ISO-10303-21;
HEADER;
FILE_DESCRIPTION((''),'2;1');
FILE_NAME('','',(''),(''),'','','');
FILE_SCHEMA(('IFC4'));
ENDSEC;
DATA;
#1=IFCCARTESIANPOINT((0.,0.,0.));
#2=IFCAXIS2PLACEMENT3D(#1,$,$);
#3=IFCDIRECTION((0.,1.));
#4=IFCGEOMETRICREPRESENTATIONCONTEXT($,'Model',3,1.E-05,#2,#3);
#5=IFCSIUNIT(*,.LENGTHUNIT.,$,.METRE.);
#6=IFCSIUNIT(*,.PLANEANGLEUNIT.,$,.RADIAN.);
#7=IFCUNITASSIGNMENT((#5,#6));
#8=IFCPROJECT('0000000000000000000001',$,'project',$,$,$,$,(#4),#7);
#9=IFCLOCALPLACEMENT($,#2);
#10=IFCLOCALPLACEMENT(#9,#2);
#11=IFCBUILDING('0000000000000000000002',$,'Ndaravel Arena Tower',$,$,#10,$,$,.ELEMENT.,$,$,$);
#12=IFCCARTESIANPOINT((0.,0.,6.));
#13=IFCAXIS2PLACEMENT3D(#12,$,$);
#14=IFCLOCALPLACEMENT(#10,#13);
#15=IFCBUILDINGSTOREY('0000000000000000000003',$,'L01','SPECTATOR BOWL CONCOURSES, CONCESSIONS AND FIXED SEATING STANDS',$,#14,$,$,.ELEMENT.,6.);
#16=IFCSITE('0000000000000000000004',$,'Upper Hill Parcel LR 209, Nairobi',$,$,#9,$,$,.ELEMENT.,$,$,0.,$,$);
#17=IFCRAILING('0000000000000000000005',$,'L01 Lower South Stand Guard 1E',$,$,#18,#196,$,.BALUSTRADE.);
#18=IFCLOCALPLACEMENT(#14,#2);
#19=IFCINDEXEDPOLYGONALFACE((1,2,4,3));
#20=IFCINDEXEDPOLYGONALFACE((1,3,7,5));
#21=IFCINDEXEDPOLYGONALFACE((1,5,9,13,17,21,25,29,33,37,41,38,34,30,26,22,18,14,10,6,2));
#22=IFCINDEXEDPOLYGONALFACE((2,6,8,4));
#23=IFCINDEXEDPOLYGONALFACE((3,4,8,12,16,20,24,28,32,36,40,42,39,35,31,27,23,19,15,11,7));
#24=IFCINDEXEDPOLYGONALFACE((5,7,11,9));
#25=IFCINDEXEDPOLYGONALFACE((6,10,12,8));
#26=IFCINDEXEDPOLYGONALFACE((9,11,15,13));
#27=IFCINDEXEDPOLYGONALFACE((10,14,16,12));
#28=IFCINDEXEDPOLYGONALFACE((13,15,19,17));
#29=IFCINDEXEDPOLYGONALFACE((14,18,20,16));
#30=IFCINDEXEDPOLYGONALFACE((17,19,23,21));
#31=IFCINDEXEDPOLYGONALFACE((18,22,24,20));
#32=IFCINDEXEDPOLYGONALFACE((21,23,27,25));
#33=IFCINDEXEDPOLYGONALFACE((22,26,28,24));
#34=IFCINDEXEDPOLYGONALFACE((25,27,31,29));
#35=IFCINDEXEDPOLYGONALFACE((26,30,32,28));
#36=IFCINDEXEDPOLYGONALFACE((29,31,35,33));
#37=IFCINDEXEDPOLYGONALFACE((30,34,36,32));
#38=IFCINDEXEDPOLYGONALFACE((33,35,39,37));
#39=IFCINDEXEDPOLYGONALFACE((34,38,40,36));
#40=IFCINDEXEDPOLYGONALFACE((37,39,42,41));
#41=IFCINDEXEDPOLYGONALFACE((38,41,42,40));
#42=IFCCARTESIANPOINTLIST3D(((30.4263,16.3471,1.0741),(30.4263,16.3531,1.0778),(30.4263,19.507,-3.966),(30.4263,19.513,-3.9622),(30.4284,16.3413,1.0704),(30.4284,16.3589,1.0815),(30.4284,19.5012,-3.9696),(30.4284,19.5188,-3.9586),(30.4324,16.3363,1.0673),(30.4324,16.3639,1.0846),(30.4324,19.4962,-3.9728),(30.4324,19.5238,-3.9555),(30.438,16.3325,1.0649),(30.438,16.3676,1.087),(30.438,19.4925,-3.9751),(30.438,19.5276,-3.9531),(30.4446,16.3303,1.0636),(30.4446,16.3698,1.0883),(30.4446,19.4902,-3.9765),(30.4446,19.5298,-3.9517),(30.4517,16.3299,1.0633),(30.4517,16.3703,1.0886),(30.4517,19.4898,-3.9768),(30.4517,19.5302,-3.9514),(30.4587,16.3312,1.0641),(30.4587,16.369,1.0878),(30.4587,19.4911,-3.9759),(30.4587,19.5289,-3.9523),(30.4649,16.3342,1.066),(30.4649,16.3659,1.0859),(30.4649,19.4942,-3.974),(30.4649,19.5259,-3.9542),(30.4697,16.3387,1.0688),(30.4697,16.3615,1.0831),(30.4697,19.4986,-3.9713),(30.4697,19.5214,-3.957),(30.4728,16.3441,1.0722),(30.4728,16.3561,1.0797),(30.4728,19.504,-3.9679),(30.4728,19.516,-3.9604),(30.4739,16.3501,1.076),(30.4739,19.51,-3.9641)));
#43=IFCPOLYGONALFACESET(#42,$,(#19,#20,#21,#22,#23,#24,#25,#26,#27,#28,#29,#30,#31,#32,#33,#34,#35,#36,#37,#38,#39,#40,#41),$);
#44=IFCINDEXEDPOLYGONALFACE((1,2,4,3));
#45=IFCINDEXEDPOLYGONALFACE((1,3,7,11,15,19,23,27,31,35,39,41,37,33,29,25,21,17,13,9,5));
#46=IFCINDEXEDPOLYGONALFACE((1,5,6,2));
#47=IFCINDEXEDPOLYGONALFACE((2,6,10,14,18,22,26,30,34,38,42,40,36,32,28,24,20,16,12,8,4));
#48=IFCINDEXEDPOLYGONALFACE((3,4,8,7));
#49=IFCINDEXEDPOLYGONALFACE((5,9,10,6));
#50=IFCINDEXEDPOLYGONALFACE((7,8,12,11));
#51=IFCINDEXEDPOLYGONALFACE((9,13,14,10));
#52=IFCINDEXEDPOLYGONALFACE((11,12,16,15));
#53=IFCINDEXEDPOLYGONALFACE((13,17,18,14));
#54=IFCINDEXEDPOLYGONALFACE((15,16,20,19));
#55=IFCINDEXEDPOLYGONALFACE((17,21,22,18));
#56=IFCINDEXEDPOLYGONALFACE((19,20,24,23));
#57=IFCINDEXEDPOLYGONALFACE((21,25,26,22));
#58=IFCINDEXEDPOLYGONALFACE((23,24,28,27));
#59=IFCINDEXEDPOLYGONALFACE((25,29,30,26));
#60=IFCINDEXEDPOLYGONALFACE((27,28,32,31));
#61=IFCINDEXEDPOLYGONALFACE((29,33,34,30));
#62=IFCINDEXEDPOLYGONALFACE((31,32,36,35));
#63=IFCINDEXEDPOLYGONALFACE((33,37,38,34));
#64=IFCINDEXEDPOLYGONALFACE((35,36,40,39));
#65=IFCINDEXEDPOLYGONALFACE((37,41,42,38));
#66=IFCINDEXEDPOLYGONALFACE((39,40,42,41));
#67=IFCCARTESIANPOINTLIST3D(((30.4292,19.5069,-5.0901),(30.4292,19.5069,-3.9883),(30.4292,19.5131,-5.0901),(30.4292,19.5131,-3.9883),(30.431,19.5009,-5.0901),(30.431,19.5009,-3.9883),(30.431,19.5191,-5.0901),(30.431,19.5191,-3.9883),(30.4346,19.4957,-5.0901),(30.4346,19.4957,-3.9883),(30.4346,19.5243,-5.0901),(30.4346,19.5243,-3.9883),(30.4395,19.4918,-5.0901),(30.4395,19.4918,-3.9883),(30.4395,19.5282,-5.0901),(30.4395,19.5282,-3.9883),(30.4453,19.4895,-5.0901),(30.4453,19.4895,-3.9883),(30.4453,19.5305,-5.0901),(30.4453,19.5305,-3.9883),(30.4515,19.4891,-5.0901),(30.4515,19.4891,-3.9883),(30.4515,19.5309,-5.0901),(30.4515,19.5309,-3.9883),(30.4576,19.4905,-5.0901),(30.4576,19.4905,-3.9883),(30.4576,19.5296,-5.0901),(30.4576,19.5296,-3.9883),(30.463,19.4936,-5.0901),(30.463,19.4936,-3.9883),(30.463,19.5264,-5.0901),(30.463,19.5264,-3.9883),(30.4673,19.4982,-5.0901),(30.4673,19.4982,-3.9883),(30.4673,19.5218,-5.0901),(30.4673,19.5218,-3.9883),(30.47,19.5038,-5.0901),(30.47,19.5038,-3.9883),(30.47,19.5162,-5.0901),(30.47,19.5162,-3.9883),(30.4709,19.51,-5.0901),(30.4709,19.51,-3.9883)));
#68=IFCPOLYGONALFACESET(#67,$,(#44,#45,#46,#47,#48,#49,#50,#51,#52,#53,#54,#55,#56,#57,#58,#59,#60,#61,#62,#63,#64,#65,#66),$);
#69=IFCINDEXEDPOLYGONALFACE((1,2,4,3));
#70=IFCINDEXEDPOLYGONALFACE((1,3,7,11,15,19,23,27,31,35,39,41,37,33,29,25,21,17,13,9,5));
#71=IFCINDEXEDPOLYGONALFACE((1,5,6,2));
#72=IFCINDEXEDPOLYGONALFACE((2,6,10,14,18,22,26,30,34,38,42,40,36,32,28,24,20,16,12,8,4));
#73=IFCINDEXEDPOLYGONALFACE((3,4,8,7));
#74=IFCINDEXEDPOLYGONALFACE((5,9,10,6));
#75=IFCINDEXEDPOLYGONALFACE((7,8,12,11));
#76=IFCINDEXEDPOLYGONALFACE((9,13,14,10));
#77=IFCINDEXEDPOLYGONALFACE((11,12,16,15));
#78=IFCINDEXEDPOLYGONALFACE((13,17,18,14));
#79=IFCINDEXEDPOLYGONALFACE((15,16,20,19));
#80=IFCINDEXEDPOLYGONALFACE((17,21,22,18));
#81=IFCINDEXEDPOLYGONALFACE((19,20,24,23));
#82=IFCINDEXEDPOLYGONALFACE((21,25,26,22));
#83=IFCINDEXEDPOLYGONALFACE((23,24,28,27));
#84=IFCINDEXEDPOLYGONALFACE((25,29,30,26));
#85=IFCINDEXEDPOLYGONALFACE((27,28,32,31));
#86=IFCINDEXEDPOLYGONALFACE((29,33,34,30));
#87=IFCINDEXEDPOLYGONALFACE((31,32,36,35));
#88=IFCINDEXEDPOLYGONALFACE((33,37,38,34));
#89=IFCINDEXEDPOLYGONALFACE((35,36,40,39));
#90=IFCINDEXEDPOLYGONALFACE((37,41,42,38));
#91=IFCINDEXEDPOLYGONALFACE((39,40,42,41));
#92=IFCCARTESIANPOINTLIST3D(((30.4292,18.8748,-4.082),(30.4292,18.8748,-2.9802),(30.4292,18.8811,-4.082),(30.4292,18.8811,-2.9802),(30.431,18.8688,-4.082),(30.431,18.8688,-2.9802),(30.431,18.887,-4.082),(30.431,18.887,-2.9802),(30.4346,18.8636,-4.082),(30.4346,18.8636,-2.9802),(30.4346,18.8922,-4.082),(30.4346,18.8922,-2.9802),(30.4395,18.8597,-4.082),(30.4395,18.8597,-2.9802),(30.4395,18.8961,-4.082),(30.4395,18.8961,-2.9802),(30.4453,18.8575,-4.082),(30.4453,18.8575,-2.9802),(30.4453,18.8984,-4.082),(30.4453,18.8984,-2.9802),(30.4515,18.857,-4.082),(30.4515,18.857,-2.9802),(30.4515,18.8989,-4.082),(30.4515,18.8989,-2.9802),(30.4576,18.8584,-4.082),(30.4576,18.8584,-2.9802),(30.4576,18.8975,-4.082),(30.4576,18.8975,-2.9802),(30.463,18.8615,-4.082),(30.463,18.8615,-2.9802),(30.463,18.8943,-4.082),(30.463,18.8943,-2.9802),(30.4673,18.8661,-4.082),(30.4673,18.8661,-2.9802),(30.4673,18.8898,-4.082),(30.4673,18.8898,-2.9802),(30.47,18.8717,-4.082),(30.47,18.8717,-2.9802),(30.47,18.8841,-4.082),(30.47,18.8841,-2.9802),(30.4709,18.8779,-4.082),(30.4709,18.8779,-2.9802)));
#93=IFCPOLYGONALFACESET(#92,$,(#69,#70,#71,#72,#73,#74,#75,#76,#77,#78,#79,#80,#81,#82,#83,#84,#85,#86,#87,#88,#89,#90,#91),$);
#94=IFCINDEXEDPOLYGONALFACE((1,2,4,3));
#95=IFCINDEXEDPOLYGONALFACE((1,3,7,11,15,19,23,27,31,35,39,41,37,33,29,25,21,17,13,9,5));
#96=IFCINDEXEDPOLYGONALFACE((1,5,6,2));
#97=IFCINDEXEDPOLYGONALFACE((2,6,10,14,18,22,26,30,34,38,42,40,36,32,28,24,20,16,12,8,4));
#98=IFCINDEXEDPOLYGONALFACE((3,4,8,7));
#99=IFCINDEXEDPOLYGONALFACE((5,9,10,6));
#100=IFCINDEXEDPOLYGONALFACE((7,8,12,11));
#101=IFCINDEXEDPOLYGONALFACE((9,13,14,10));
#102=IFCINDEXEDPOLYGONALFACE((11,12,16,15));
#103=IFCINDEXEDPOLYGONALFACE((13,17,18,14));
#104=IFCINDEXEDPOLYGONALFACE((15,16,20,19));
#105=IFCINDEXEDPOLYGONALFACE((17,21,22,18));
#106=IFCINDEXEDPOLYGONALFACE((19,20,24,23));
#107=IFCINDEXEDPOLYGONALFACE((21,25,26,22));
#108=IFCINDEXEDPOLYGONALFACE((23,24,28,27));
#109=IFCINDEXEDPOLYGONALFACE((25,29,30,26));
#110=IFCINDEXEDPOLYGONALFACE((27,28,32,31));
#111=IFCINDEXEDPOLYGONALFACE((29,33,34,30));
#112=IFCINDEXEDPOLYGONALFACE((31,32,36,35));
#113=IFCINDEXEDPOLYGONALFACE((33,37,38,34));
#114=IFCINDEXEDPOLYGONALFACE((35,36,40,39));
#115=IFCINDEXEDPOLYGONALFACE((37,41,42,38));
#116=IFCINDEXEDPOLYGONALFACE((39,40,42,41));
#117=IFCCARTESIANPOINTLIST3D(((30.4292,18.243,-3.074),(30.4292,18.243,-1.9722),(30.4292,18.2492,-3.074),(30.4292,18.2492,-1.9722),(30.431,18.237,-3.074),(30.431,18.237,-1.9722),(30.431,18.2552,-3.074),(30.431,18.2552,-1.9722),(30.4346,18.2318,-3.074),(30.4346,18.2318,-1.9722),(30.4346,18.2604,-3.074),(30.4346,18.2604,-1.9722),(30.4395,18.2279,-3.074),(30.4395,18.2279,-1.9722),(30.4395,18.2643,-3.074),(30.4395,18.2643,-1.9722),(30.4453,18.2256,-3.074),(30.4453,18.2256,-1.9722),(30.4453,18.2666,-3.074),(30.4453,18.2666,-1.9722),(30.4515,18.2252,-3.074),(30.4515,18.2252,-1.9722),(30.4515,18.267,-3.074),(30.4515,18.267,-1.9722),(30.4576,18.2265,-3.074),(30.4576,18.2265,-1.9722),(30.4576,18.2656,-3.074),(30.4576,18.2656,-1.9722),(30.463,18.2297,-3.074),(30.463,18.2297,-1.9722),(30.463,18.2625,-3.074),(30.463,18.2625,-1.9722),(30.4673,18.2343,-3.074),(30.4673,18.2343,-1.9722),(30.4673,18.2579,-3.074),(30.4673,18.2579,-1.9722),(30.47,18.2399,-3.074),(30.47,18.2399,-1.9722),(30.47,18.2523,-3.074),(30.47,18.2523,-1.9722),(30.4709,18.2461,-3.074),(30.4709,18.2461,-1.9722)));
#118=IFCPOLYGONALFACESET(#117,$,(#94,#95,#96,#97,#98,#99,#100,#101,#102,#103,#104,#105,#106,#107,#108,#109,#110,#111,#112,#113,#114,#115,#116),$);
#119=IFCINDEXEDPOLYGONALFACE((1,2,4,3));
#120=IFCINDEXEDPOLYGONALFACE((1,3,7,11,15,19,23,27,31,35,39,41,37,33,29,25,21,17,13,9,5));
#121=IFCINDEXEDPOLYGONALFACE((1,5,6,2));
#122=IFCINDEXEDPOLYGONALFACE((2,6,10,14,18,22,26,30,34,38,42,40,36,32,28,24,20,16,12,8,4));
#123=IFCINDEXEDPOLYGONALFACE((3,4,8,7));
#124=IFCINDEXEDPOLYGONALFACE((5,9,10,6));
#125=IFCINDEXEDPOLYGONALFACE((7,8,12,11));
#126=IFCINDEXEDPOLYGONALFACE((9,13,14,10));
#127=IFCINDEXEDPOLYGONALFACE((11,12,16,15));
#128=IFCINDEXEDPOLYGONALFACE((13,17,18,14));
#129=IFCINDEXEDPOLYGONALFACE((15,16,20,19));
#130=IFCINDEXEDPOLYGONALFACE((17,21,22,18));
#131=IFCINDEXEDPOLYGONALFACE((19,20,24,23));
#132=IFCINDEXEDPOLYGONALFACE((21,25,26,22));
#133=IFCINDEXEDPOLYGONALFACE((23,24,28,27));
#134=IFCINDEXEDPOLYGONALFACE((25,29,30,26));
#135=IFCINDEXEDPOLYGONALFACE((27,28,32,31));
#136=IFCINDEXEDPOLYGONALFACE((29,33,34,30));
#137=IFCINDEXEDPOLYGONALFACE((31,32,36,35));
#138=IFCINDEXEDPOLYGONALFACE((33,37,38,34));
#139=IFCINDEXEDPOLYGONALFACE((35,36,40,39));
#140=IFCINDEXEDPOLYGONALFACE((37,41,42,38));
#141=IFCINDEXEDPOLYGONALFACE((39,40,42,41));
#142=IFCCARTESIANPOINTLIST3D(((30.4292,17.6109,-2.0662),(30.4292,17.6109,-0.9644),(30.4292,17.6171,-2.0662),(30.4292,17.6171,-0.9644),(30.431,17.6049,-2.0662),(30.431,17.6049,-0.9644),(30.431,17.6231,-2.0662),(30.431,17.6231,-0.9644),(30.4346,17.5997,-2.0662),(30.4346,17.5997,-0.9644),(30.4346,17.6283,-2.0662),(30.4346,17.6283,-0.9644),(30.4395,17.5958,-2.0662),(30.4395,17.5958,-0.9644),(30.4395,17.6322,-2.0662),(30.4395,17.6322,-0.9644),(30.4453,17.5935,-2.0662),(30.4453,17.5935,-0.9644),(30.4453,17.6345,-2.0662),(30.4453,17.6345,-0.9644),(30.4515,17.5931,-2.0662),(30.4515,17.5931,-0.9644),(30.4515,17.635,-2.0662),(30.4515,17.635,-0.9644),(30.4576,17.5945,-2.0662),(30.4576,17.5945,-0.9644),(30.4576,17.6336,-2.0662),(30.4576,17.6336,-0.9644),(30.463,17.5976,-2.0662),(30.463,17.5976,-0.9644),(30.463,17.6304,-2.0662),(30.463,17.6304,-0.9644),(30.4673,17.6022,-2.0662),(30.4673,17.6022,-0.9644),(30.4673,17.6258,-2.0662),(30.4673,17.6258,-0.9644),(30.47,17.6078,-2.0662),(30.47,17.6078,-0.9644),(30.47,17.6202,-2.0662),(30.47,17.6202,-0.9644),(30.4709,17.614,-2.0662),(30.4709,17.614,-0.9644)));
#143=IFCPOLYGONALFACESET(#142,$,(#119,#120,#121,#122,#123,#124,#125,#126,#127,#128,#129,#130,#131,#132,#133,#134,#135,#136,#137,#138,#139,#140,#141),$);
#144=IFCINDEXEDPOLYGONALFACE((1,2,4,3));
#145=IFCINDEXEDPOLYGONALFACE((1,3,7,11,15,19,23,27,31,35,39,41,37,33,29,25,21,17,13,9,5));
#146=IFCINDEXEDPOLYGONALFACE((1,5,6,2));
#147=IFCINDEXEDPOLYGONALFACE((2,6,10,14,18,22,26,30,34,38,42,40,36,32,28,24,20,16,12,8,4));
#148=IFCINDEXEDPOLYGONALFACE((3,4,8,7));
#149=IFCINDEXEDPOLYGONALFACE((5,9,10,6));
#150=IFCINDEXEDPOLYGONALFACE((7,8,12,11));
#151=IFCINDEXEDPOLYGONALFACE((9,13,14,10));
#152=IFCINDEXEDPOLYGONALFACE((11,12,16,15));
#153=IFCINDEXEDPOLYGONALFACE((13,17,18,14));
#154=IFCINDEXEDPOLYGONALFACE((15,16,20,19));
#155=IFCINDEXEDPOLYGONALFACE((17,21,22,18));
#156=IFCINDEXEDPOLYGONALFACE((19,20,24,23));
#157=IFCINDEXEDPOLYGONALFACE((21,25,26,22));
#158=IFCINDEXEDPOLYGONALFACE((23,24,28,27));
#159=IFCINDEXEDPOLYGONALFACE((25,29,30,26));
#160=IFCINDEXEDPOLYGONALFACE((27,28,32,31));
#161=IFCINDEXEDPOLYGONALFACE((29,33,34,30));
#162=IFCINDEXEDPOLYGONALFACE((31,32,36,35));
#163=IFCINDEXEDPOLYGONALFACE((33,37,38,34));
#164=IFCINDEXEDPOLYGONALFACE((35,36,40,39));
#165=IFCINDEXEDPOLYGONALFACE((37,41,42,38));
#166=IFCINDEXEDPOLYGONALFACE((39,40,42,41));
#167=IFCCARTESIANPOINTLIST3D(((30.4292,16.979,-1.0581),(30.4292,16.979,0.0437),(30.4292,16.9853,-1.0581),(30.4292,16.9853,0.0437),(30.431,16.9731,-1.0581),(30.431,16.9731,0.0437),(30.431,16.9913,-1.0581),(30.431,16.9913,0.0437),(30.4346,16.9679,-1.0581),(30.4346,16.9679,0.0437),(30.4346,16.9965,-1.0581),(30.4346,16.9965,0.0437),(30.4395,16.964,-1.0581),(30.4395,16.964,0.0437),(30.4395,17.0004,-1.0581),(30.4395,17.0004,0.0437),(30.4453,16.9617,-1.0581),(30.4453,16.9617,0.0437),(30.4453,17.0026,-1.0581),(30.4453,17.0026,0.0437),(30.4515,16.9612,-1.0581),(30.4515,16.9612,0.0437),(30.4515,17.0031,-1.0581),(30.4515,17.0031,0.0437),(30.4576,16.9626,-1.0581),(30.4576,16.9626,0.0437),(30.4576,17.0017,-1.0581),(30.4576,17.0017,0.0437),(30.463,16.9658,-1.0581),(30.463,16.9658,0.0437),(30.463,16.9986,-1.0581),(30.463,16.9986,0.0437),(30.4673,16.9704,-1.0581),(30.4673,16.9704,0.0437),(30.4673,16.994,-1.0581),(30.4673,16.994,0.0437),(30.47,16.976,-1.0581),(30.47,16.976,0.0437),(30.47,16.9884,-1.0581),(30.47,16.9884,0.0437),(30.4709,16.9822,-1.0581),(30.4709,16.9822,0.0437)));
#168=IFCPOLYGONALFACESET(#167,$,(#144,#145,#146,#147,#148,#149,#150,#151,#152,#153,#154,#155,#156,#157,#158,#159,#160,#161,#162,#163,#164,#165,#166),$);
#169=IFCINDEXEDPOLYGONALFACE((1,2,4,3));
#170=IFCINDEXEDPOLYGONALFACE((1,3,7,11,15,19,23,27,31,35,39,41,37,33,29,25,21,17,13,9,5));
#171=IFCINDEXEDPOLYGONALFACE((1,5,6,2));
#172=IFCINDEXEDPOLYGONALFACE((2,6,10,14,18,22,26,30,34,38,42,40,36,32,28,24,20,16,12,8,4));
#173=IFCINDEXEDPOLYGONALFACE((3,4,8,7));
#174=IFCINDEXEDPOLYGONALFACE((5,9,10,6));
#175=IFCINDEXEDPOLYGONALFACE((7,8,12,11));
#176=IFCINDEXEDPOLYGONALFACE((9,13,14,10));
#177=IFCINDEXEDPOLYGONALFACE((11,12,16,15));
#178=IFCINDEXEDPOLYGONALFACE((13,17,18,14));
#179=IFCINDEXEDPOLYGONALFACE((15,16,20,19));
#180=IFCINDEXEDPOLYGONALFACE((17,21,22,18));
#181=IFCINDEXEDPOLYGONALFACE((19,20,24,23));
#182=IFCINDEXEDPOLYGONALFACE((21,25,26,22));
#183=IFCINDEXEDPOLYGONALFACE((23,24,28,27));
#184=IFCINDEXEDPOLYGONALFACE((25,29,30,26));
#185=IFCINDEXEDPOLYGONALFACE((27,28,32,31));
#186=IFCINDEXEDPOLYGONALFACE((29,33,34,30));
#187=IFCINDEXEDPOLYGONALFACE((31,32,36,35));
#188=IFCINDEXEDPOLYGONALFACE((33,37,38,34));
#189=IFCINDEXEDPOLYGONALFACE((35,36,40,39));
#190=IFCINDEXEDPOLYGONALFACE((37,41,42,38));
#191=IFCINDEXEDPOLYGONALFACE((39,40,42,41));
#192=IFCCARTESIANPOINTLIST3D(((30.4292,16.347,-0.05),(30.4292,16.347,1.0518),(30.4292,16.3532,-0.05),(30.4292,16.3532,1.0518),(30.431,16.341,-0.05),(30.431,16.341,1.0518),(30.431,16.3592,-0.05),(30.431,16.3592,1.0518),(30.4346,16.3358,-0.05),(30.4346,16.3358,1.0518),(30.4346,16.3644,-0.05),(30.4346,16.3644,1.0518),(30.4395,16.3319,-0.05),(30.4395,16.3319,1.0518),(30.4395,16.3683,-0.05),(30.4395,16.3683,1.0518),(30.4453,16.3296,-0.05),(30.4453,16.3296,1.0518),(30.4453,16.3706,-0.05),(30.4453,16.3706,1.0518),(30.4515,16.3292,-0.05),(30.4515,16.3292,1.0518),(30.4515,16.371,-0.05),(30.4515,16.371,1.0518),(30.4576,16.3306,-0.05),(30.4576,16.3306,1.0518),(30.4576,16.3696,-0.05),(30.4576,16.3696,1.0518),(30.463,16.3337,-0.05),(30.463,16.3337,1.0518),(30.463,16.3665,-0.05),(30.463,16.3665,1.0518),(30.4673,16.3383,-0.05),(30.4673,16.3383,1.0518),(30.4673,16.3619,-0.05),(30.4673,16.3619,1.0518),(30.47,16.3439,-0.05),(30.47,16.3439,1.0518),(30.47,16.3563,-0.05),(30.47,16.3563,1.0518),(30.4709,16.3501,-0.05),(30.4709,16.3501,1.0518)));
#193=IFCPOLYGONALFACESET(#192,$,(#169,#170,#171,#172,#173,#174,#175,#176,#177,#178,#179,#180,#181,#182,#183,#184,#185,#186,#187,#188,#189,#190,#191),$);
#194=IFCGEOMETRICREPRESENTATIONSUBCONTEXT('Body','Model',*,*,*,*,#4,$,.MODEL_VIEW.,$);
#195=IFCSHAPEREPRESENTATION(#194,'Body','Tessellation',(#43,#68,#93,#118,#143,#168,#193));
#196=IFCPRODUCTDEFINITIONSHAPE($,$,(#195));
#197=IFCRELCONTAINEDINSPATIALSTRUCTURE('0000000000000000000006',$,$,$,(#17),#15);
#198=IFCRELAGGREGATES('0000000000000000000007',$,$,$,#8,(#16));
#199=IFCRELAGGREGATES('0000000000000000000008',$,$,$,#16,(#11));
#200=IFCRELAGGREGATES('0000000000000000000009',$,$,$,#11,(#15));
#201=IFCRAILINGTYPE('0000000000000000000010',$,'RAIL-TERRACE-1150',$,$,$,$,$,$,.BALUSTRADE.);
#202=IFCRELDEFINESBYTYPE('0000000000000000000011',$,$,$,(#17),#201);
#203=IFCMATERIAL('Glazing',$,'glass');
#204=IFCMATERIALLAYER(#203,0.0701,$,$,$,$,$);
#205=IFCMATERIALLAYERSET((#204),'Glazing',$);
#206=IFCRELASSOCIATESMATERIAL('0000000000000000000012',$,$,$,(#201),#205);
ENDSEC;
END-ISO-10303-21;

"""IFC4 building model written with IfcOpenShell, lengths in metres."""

from ifc_helpers import new_model, si_unit, direction, frame, origin, origin_2d, place, context, subcontext, project, spatial, circle, extrude, material, layer, layer_set, type_object, element, save


model = new_model("IFC4")

# Units and contexts
model_context = context("Model", 3, precision=1e-05, world=origin(), true_north=direction((0.0, 1.0)))
body_context = subcontext(model_context, "Body", "Model", "MODEL_VIEW")
ifc_project = project(units=[si_unit("LENGTHUNIT", "METRE"), si_unit("PLANEANGLEUNIT", "RADIAN")], contexts=[model_context])

# Site, building, storey
site_placement = place(None, origin())
site = spatial("IfcSite", under=ifc_project, at=site_placement, Name="Upper Hill Parcel LR 209, Nairobi", CompositionType="ELEMENT", RefElevation=0.0)
building_placement = place(site_placement, origin())
building = spatial("IfcBuilding", under=site, at=building_placement, Name="Ndaravel Arena Tower", CompositionType="ELEMENT")
storey_placement = place(building_placement, frame((0.0, 0.0, 6.0)))
storey = spatial("IfcBuildingStorey", under=building, at=storey_placement, Name="L01", Description="SPECTATOR BOWL CONCOURSES, CONCESSIONS AND FIXED SEATING STANDS", CompositionType="ELEMENT", Elevation=6.0)

# Railing
ifc_material_1 = material(Name="Glazing", Category="glass")
ifc_layer_1 = layer(ifc_material_1, 0.0701)
ifc_layer_set_1 = layer_set([ifc_layer_1], Name="Glazing")
railing_type_1 = type_object("IfcRailingType", Name="RAIL-TERRACE-1150", PredefinedType="BALUSTRADE", material=ifc_layer_set_1)
railing_1_placement = place(storey_placement, frame((30.45, 19.51, -5.0901)))
element("IfcRailing", 1, at=railing_1_placement, inside=storey, type_object=railing_type_1, Name="L01 Lower South Stand Guard 1E", PredefinedType="BALUSTRADE", context=body_context, shape_type="SweptSolid", body=[
    extrude(circle(Radius=0.0239, at=origin_2d()), frame((0.0, 0.0, 1.126), z_axis=(0.0, -0.531194, 0.84725), x_axis=(1.0, 0.0, 0.0)), (0.0, 0.0, 1.0), 5.9487),
    extrude(circle(Radius=0.021, at=origin_2d()), origin(), (0.0, 0.0, 1.0), 1.1018),
    extrude(circle(Radius=0.021, at=origin_2d()), frame((0.0, -0.6321, 1.0081)), (0.0, 0.0, 1.0), 1.1018),
    extrude(circle(Radius=0.021, at=origin_2d()), frame((0.0, -1.2639, 2.0161)), (0.0, 0.0, 1.0), 1.1018),
    extrude(circle(Radius=0.021, at=origin_2d()), frame((0.0, -1.896, 3.0239)), (0.0, 0.0, 1.0), 1.1018),
    extrude(circle(Radius=0.021, at=origin_2d()), frame((0.0, -2.5278, 4.032)), (0.0, 0.0, 1.0), 1.1018),
    extrude(circle(Radius=0.021, at=origin_2d()), frame((0.0, -3.1599, 5.04)), (0.0, 0.0, 1.0), 1.1018),
])

save(model, "model.ifc")
